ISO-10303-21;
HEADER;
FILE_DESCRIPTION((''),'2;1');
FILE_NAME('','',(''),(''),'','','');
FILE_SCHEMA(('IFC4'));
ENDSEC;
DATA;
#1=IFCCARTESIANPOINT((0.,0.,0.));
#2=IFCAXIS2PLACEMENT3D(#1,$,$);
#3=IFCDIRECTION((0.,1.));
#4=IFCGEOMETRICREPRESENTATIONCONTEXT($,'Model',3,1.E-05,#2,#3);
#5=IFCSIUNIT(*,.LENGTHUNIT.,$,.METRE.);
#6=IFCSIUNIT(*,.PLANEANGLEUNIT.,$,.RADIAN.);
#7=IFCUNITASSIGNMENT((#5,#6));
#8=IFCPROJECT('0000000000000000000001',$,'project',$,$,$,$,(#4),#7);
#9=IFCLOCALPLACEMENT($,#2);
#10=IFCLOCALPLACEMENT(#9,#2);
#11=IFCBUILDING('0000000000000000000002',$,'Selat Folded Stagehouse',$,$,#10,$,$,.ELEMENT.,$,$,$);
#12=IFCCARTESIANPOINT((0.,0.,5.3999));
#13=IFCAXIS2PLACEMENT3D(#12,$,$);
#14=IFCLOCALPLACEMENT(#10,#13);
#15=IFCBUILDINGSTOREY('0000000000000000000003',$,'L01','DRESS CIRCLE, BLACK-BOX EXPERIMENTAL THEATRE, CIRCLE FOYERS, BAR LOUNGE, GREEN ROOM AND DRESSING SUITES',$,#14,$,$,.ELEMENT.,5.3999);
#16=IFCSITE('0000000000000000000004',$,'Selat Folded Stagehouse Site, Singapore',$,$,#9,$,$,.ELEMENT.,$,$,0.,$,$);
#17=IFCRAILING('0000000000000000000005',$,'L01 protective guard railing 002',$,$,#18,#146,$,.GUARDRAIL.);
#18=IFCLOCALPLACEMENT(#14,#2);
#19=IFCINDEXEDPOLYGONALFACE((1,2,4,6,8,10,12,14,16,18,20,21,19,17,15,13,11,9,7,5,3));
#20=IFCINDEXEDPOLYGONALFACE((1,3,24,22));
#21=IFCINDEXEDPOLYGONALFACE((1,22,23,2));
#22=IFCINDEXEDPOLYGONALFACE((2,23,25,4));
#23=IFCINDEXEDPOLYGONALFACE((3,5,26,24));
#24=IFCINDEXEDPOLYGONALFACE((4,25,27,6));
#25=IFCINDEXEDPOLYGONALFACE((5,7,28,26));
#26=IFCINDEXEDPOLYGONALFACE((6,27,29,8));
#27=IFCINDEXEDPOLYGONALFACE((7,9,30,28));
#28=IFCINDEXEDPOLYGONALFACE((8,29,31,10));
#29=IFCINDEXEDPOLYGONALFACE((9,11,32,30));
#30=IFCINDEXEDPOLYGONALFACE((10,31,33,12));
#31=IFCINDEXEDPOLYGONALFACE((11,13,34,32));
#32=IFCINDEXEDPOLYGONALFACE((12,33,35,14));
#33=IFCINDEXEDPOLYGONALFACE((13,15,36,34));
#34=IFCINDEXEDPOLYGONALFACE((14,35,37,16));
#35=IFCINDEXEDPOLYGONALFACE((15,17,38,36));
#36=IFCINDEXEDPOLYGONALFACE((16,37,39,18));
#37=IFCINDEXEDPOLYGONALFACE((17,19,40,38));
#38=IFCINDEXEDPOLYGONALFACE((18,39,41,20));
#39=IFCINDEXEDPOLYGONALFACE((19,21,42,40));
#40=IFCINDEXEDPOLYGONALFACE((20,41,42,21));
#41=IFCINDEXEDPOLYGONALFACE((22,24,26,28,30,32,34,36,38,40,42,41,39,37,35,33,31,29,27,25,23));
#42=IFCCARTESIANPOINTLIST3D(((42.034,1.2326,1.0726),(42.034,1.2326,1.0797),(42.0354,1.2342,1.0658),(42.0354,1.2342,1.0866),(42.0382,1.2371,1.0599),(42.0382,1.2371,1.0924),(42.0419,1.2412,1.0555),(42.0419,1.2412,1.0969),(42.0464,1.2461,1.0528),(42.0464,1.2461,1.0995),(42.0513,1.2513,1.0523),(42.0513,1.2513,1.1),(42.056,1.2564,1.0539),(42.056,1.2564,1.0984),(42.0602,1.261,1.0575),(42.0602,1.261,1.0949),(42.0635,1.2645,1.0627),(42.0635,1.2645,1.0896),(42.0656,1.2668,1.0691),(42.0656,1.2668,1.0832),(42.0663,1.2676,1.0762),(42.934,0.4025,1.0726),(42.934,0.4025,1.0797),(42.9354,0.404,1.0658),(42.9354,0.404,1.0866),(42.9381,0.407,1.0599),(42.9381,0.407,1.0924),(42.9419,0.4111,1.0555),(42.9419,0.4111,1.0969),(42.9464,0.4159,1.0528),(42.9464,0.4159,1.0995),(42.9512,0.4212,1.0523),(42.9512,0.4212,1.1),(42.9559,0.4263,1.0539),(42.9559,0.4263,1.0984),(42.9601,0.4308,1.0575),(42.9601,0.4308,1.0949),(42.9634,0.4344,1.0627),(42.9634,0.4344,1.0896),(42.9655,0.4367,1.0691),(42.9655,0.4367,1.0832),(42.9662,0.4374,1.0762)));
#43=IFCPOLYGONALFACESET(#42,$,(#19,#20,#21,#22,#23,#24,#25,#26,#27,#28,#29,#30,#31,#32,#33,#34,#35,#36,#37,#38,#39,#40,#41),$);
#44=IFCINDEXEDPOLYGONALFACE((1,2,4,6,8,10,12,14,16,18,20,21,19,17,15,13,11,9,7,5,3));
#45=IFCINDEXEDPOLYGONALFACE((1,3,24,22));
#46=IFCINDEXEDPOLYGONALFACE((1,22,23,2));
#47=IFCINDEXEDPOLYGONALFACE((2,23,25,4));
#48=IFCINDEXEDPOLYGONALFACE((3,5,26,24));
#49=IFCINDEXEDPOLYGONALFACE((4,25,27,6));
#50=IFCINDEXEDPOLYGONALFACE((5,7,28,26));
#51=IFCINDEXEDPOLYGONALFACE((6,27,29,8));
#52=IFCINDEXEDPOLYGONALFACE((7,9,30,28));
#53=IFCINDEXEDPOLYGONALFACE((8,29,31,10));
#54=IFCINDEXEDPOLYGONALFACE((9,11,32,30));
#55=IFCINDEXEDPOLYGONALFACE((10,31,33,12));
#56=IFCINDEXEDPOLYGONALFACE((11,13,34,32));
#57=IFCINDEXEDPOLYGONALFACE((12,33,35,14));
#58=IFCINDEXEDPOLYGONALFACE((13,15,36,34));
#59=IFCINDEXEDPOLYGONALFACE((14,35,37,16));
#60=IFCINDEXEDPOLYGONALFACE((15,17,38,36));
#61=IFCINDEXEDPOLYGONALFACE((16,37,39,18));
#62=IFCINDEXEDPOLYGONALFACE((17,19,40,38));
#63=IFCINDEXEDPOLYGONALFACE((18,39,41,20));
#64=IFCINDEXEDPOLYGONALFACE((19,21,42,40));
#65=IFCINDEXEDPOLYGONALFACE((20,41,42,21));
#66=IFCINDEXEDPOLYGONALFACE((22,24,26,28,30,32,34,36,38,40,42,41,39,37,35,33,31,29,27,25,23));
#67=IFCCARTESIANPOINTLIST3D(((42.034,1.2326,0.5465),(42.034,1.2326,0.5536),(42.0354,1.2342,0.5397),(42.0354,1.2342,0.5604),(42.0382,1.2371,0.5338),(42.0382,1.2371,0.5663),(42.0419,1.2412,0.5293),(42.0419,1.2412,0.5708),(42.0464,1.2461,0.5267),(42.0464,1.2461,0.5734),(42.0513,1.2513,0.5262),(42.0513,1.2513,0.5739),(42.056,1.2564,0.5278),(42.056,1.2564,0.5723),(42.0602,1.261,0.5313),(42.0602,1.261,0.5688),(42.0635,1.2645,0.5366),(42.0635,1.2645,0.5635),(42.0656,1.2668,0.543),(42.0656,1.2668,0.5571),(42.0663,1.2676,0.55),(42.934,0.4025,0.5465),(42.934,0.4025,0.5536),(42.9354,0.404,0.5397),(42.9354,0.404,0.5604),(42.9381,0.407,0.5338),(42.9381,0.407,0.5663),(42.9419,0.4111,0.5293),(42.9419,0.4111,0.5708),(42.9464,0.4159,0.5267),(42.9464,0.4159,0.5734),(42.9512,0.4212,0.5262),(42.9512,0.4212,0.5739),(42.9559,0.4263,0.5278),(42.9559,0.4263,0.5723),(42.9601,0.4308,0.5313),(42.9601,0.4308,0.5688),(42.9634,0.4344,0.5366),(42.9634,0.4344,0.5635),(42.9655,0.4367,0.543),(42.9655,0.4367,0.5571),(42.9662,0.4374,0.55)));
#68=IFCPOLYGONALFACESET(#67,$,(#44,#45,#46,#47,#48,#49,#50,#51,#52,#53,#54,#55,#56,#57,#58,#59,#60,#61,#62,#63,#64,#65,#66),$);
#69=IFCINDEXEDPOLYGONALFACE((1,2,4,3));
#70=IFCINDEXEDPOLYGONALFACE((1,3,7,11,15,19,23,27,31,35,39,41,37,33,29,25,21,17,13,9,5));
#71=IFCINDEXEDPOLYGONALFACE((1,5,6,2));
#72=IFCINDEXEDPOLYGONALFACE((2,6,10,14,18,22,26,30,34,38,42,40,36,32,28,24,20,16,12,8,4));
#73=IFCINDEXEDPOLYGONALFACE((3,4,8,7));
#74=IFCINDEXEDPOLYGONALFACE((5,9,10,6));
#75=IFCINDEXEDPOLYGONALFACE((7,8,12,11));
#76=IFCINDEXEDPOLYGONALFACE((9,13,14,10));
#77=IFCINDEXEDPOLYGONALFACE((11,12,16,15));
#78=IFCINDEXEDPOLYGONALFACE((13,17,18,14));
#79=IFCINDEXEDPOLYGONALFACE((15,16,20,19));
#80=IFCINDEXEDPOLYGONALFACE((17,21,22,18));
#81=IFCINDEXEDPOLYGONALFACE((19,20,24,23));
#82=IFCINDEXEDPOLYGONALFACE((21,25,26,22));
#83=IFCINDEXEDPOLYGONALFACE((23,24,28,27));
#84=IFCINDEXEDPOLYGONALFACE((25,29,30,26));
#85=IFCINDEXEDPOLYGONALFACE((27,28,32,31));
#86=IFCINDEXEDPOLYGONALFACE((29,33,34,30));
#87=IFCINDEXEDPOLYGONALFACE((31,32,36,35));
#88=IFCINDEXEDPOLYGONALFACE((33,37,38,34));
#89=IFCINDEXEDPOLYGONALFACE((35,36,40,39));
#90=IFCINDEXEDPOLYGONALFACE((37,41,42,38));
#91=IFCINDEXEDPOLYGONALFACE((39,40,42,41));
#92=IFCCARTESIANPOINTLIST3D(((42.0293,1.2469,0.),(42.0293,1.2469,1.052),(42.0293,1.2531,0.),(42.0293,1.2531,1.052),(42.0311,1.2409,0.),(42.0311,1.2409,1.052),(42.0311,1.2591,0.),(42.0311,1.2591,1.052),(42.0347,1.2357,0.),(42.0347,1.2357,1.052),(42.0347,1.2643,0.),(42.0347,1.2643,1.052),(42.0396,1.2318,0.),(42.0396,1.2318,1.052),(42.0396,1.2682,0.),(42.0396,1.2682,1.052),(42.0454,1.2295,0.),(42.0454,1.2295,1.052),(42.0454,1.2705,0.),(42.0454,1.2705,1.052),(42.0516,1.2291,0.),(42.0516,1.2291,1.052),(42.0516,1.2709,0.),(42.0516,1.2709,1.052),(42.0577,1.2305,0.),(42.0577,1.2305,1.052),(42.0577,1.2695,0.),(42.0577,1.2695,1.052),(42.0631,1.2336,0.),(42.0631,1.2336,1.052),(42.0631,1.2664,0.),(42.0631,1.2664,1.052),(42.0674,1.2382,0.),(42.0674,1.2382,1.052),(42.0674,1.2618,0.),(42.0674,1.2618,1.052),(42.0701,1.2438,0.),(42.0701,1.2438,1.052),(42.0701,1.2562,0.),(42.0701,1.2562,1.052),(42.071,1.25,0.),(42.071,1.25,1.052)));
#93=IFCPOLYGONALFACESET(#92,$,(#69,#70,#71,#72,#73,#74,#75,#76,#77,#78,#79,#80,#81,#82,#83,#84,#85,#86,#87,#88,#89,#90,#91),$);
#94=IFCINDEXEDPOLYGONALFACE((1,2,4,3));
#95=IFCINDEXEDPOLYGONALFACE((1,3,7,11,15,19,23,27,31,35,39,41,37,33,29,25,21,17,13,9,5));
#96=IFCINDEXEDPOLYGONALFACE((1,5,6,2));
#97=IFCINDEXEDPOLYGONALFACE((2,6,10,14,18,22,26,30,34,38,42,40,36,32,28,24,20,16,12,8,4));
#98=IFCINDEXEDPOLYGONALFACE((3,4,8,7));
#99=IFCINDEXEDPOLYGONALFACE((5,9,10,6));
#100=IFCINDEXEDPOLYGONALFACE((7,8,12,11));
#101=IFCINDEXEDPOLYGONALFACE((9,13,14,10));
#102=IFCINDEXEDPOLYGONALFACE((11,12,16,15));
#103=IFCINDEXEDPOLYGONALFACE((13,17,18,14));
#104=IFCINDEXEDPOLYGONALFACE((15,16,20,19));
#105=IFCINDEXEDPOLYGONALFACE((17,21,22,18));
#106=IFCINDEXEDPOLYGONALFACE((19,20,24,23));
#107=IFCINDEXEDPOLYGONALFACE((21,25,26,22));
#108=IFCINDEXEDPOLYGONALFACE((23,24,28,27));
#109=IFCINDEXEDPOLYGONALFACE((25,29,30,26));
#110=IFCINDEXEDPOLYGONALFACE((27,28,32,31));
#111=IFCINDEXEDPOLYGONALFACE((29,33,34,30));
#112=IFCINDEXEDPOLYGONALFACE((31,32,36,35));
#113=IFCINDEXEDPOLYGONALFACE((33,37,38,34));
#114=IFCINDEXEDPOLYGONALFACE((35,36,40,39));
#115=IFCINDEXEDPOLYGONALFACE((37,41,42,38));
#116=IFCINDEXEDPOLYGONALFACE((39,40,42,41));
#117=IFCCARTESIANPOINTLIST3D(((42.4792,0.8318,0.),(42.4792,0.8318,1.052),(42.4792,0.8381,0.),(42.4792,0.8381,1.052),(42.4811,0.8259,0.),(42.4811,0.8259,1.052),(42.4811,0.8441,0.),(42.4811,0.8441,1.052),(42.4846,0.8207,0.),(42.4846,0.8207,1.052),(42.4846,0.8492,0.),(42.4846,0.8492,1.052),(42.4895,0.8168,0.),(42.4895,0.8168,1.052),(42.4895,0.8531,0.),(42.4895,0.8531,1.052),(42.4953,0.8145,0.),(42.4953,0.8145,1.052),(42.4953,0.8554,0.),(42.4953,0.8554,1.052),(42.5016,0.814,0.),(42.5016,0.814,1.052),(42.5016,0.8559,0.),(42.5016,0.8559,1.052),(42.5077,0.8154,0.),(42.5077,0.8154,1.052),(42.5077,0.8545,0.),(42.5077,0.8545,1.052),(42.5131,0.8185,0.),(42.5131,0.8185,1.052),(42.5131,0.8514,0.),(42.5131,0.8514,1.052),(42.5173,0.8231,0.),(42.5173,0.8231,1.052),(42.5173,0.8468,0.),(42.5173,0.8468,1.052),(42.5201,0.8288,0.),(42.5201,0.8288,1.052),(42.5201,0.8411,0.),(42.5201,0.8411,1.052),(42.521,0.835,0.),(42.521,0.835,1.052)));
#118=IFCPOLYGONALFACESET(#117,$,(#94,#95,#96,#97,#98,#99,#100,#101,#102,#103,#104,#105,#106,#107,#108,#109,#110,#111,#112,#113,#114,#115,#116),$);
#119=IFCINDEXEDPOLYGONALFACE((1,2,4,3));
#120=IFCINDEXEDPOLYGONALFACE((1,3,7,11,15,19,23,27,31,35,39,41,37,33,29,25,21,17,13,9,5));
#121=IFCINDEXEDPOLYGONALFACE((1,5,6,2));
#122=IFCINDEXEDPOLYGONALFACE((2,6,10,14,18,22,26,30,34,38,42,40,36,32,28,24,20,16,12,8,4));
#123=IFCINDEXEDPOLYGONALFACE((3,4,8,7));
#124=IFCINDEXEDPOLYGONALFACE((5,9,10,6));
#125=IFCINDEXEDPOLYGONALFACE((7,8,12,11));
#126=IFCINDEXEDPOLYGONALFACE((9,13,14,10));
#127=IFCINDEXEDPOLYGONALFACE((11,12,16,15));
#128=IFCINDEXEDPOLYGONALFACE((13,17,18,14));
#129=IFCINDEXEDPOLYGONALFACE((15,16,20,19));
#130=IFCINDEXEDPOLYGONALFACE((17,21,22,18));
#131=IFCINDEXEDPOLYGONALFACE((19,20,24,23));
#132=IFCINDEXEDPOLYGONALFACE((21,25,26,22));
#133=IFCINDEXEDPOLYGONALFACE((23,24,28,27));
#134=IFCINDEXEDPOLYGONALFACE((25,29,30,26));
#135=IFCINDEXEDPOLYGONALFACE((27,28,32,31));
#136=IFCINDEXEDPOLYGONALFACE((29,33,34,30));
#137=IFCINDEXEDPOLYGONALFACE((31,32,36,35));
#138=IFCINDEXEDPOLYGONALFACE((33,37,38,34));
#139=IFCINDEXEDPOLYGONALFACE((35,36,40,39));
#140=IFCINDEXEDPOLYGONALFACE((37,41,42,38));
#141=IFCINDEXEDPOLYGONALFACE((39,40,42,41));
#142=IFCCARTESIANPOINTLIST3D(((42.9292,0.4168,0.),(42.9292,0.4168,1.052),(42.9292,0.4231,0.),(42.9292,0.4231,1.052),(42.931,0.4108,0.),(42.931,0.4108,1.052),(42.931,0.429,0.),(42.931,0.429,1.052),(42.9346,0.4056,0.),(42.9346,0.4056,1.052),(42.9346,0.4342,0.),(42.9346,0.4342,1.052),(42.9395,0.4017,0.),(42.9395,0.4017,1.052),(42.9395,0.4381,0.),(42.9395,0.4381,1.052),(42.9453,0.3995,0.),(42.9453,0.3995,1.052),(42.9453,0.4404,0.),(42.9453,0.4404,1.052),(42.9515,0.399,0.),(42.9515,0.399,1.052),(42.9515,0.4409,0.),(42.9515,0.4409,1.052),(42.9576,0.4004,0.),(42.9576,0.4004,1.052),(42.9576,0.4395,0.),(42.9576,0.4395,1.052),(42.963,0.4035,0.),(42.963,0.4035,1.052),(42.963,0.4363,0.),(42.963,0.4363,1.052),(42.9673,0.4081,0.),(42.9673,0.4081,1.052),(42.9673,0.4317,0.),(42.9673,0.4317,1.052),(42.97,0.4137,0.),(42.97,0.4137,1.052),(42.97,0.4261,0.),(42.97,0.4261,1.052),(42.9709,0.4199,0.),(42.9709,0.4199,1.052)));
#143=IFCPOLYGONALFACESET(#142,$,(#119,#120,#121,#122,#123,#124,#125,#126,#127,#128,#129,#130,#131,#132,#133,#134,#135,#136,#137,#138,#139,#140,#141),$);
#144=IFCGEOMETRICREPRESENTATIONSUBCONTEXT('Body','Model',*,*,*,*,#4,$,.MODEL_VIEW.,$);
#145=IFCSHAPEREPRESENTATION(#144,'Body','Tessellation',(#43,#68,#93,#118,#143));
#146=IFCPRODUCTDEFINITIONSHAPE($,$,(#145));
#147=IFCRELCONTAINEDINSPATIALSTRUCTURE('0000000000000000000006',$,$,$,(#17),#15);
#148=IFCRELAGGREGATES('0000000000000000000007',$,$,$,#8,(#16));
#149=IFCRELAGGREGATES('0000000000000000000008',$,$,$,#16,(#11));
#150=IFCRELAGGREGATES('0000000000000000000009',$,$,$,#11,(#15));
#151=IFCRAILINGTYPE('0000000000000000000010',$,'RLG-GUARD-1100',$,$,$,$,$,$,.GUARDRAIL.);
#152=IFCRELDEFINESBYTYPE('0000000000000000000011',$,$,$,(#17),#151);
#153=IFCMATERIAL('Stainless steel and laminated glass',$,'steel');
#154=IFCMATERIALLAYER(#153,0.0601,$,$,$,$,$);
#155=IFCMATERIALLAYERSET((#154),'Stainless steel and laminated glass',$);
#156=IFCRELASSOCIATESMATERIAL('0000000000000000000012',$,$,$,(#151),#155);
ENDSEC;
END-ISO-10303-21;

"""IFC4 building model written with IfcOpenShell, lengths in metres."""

from ifc_helpers import new_model, si_unit, direction, frame, origin, origin_2d, place, context, subcontext, project, spatial, circle, extrude, material, layer, layer_set, type_object, element, save


model = new_model("IFC4")

# Units and contexts
model_context = context("Model", 3, precision=1e-05, world=origin(), true_north=direction((0.0, 1.0)))
body_context = subcontext(model_context, "Body", "Model", "MODEL_VIEW")
ifc_project = project(units=[si_unit("LENGTHUNIT", "METRE"), si_unit("PLANEANGLEUNIT", "RADIAN")], contexts=[model_context])

# Site, building, storey
site_placement = place(None, origin())
site = spatial("IfcSite", under=ifc_project, at=site_placement, Name="Selat Folded Stagehouse Site, Singapore", CompositionType="ELEMENT", RefElevation=0.0)
building_placement = place(site_placement, origin())
building = spatial("IfcBuilding", under=site, at=building_placement, Name="Selat Folded Stagehouse", CompositionType="ELEMENT")
storey_placement = place(building_placement, frame((0.0, 0.0, 5.3999)))
storey = spatial("IfcBuildingStorey", under=building, at=storey_placement, Name="L01", Description="DRESS CIRCLE, BLACK-BOX EXPERIMENTAL THEATRE, CIRCLE FOYERS, BAR LOUNGE, GREEN ROOM AND DRESSING SUITES", CompositionType="ELEMENT", Elevation=5.3999)

# Railing
ifc_material_1 = material(Name="Stainless steel and laminated glass", Category="steel")
ifc_layer_1 = layer(ifc_material_1, 0.0601)
ifc_layer_set_1 = layer_set([ifc_layer_1], Name="Stainless steel and laminated glass")
railing_type = type_object("IfcRailingType", Name="RLG-GUARD-1100", PredefinedType="GUARDRAIL", material=ifc_layer_set_1)
railing_1_placement = place(storey_placement, frame((42.05, 1.25, 0.0)))
element("IfcRailing", 1, at=railing_1_placement, inside=storey, type_object=railing_type, Name="L01 protective guard railing 002", PredefinedType="GUARDRAIL", context=body_context, shape_type="SweptSolid", body=[
    extrude(circle(Radius=0.0239, at=origin_2d()), frame((0.0, 0.0, 1.0762), z_axis=(0.735048, -0.678015, 0.0), x_axis=(0.678015, 0.735048, 0.0)), (0.0, 0.0, 1.0), 1.2244),
    extrude(circle(Radius=0.0239, at=origin_2d()), frame((0.0, 0.0, 0.55), z_axis=(0.735048, -0.678015, 0.0), x_axis=(0.678015, 0.735048, 0.0)), (0.0, 0.0, 1.0), 1.2244),
    extrude(circle(Radius=0.021, at=origin_2d()), origin(), (0.0, 0.0, 1.0), 1.052),
    extrude(circle(Radius=0.021, at=origin_2d()), frame((0.45, -0.415, 0.0)), (0.0, 0.0, 1.0), 1.052),
    extrude(circle(Radius=0.021, at=origin_2d()), frame((0.8999, -0.8301, 0.0)), (0.0, 0.0, 1.0), 1.052),
])

save(model, "model.ifc")
